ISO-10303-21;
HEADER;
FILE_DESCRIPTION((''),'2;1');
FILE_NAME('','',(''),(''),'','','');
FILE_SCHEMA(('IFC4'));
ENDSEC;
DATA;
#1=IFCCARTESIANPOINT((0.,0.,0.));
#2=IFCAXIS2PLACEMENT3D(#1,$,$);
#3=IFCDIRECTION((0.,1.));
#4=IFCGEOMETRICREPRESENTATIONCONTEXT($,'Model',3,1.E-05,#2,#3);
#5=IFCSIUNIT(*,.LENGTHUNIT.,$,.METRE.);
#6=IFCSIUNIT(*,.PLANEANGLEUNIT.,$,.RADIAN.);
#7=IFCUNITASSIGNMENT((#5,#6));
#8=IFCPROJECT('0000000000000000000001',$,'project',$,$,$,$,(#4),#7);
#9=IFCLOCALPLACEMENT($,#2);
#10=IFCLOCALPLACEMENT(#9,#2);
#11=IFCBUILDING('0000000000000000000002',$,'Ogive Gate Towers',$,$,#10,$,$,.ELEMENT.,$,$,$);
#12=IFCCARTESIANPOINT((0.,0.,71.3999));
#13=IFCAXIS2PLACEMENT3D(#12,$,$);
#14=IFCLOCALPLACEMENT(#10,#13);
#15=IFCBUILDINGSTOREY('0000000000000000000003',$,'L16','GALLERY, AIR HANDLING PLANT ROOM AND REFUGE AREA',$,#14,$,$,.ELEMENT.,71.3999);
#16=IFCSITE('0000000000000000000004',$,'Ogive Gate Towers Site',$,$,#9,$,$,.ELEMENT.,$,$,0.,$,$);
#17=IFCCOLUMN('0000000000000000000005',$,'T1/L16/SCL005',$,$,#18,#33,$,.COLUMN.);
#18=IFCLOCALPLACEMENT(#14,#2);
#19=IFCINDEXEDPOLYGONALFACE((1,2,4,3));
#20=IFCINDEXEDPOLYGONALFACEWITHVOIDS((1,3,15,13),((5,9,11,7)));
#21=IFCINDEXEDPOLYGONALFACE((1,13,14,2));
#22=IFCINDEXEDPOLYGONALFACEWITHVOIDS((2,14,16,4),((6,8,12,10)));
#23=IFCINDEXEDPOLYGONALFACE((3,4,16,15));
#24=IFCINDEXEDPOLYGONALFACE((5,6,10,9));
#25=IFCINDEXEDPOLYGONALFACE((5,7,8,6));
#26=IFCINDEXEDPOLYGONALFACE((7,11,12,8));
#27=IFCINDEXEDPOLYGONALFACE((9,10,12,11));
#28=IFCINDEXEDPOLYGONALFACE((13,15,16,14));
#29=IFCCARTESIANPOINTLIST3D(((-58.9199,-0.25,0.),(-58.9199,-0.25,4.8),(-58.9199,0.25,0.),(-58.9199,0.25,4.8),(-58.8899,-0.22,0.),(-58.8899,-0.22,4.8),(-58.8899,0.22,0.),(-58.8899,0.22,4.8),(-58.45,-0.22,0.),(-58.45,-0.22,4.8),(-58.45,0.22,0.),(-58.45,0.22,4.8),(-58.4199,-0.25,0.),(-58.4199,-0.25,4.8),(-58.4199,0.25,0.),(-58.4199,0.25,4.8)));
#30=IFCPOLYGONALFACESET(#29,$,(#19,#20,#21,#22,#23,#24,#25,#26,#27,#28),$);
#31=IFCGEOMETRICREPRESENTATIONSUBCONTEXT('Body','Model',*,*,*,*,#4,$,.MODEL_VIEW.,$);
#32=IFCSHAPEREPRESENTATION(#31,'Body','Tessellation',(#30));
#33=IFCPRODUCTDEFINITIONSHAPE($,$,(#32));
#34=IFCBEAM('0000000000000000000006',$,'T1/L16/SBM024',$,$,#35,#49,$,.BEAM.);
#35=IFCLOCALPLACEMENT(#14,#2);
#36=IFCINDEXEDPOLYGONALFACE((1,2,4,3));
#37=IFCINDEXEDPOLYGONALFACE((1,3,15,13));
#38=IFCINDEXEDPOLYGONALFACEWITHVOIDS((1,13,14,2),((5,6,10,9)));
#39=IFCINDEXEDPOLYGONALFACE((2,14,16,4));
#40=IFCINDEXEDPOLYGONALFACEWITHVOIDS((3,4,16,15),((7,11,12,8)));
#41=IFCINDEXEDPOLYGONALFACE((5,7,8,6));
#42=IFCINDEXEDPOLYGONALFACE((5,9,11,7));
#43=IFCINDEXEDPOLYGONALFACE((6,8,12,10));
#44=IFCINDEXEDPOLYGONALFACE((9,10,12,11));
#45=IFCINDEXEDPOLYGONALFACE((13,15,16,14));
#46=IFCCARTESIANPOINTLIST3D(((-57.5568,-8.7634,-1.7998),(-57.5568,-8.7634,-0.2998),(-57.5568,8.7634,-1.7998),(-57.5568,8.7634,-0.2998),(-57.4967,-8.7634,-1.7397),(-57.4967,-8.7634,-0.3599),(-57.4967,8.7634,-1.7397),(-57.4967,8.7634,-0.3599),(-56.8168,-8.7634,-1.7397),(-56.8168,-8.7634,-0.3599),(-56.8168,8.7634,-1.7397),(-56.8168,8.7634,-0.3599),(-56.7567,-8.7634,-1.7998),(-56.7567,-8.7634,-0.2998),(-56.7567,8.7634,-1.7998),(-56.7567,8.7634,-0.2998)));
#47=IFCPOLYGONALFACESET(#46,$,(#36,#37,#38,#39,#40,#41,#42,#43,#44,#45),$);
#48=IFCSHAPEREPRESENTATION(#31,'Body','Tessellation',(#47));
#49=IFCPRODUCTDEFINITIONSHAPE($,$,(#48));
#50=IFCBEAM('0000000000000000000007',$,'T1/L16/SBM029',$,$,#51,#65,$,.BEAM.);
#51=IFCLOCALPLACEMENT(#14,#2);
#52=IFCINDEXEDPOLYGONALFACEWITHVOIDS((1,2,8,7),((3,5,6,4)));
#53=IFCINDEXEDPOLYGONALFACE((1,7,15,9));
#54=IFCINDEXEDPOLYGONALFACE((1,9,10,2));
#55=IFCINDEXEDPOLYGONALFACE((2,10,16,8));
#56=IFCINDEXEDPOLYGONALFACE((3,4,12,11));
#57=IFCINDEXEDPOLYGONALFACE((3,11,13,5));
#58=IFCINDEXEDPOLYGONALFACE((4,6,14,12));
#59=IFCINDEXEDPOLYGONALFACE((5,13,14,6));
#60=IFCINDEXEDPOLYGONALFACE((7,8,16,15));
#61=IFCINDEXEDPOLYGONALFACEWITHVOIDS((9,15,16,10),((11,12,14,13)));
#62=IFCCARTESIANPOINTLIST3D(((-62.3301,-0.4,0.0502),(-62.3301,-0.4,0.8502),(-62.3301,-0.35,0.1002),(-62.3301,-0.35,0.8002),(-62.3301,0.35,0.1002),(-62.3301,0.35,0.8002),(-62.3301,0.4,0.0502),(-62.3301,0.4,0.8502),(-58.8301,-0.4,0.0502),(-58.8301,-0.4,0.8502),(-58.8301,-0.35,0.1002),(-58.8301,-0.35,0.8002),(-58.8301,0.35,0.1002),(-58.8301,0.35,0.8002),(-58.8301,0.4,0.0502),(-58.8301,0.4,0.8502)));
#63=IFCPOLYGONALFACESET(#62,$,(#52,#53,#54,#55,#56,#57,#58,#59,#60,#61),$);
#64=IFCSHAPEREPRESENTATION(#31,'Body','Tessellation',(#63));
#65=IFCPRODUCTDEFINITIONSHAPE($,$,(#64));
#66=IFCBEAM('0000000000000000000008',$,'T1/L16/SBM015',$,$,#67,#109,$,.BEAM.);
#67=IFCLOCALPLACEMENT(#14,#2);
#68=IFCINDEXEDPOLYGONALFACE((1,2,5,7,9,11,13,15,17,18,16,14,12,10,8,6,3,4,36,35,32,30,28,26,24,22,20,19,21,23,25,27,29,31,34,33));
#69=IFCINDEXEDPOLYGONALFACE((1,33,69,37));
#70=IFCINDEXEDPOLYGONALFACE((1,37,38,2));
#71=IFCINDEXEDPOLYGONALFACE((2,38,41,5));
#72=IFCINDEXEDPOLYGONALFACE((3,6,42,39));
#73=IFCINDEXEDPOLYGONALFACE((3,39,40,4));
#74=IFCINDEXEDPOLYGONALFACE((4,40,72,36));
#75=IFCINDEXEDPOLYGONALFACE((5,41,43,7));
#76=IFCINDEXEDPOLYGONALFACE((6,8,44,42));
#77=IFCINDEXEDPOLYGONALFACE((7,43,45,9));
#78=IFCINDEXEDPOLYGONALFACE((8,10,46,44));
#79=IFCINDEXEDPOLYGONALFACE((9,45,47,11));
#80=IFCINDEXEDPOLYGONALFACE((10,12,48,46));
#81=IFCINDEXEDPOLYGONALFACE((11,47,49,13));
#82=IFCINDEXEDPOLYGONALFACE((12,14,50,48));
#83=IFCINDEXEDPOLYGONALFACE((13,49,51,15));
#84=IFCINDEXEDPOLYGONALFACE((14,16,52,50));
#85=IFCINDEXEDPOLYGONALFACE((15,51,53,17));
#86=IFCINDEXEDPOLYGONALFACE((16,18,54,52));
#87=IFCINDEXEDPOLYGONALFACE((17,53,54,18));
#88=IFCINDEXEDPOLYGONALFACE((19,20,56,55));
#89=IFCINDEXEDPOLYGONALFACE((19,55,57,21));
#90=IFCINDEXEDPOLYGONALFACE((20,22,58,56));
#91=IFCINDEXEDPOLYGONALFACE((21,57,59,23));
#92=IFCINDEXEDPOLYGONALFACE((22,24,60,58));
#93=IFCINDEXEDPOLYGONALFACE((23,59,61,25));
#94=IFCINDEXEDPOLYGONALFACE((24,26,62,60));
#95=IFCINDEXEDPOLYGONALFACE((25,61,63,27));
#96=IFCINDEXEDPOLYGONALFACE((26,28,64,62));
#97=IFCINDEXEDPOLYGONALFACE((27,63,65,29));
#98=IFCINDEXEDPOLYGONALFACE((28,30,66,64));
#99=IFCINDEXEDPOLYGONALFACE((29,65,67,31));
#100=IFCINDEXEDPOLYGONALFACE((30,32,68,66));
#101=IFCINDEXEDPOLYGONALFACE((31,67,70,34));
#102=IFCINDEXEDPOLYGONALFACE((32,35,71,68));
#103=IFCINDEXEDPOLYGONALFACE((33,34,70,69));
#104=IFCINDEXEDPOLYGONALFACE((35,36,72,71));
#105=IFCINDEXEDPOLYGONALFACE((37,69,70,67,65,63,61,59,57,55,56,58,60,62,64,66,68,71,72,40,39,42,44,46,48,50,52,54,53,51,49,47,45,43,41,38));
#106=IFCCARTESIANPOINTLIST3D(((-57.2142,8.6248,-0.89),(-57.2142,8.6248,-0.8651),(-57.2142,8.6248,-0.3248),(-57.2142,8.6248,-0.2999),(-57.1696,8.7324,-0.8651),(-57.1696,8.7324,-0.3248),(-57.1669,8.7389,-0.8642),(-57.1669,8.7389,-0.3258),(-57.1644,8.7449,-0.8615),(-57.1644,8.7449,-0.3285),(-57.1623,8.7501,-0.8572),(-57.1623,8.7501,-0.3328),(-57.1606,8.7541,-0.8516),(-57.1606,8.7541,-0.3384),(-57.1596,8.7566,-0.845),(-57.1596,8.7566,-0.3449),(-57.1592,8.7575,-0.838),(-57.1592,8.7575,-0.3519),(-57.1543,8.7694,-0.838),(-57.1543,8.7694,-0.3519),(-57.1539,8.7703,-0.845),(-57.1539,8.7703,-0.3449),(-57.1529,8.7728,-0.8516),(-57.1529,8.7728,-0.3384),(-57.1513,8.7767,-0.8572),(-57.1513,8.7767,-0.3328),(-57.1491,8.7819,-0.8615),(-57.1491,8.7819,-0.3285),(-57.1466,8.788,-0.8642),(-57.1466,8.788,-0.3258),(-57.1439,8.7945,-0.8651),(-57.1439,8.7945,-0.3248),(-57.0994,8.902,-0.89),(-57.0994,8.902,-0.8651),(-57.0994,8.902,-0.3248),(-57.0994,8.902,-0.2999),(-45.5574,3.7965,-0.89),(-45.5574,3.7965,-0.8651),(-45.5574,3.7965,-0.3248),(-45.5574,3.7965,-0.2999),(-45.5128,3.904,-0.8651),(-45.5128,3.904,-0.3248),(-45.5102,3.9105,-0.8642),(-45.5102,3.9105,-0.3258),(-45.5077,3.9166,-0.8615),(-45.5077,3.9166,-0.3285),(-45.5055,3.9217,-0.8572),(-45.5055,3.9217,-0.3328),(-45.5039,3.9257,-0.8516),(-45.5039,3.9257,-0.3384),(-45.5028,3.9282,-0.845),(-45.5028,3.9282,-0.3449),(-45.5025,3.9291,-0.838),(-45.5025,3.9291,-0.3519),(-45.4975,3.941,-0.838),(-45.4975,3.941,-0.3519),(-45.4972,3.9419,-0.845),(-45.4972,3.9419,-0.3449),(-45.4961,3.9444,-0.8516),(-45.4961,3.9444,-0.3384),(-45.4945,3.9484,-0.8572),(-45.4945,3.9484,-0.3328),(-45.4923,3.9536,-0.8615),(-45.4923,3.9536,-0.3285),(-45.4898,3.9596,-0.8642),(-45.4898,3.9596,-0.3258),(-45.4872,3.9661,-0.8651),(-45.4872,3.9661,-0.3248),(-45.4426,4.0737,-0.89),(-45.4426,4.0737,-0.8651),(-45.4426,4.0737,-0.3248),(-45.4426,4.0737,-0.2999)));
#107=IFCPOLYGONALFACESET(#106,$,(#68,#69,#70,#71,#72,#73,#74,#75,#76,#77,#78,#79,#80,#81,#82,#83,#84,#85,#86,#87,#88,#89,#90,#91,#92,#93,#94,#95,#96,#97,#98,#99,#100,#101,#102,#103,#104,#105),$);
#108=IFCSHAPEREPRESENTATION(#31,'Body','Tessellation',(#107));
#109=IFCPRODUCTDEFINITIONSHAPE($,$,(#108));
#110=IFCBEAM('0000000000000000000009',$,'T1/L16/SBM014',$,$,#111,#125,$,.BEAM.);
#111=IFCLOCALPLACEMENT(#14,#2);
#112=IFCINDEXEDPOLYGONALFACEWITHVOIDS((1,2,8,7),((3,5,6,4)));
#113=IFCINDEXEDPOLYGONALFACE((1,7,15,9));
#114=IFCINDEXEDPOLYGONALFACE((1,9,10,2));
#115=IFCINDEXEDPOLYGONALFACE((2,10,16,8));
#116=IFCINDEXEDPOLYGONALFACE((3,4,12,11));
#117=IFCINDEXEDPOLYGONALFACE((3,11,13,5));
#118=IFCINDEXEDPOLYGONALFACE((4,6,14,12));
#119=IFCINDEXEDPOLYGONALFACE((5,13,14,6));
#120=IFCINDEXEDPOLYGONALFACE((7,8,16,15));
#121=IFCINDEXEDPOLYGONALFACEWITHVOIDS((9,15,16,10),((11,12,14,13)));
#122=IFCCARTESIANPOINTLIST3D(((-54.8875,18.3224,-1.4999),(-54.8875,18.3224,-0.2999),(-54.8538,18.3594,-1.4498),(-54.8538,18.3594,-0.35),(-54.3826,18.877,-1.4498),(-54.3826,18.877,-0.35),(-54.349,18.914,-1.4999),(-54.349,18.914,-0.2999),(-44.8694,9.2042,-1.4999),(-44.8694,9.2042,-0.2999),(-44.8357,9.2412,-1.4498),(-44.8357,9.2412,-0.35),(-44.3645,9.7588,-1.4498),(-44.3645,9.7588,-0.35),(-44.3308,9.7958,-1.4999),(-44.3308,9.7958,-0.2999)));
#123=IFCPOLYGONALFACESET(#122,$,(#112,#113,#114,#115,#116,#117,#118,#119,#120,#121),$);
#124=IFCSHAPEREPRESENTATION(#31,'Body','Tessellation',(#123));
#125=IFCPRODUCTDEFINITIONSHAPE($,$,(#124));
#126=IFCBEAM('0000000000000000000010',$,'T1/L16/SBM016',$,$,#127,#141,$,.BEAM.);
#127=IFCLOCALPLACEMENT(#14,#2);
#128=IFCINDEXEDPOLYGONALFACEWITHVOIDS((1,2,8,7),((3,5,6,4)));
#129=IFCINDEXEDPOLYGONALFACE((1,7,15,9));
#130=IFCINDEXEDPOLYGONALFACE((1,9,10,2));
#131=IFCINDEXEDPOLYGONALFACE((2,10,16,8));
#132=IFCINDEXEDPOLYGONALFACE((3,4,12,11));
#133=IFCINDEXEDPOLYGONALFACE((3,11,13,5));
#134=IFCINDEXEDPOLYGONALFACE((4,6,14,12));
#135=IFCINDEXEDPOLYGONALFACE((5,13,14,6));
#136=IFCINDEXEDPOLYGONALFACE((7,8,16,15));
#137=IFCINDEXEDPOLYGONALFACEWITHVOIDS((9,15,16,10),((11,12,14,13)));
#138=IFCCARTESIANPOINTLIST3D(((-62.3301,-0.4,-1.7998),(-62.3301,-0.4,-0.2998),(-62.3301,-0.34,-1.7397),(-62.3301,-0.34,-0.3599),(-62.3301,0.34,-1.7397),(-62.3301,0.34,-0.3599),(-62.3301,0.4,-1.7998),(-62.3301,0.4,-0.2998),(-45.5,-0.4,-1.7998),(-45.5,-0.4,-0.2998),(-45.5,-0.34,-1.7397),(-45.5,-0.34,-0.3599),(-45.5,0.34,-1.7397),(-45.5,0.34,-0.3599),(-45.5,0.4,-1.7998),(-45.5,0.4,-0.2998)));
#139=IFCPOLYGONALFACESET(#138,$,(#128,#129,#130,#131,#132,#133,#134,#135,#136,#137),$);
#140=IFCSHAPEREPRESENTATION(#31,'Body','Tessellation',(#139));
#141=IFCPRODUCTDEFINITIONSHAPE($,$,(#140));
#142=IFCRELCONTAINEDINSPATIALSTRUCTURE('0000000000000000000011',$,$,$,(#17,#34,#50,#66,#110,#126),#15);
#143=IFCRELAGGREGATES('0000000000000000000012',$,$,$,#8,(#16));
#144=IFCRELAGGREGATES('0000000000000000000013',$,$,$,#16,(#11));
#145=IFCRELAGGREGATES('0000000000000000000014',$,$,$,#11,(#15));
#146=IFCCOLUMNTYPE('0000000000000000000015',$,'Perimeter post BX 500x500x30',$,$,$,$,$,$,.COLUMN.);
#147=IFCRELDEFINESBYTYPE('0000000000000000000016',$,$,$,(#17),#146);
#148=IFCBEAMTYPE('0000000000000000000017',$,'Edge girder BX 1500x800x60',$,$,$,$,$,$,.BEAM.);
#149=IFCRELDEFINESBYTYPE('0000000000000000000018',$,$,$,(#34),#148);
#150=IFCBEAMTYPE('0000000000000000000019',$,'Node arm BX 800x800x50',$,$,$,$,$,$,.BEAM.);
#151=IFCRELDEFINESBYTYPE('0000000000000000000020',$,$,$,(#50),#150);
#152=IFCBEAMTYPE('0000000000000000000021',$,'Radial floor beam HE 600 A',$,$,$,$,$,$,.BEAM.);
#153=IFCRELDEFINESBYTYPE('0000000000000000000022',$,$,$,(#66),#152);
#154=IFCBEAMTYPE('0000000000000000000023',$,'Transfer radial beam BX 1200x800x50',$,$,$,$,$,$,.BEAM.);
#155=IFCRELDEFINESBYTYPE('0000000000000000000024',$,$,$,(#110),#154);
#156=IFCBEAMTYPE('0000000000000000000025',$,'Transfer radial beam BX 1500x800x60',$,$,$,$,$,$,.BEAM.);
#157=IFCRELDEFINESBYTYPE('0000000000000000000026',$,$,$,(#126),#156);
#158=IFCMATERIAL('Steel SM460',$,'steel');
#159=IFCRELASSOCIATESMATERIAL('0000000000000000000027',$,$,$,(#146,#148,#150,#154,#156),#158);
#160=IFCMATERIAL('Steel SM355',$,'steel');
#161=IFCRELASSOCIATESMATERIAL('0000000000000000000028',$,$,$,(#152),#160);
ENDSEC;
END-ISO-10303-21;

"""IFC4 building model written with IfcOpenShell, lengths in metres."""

from ifc_helpers import new_model, si_unit, direction, frame, origin, origin_2d, place, context, subcontext, project, spatial, hollow_rectangle, i_section, extrude, material, material_profile, profile_set, type_object, element, save


model = new_model("IFC4")

# Units and contexts
model_context = context("Model", 3, precision=1e-05, world=origin(), true_north=direction((0.0, 1.0)))
body_context = subcontext(model_context, "Body", "Model", "MODEL_VIEW")
ifc_project = project(units=[si_unit("LENGTHUNIT", "METRE"), si_unit("PLANEANGLEUNIT", "RADIAN")], contexts=[model_context])

# Site, building, storey
site_placement = place(None, origin())
site = spatial("IfcSite", under=ifc_project, at=site_placement, Name="Ogive Gate Towers Site", CompositionType="ELEMENT", RefElevation=0.0)
building_placement = place(site_placement, origin())
building = spatial("IfcBuilding", under=site, at=building_placement, Name="Ogive Gate Towers", CompositionType="ELEMENT")
storey_placement = place(building_placement, frame((0.0, 0.0, 71.3999)))
storey = spatial("IfcBuildingStorey", under=building, at=storey_placement, Name="L16", Description="GALLERY, AIR HANDLING PLANT ROOM AND REFUGE AREA", CompositionType="ELEMENT", Elevation=71.3999)

# Column
ifc_material_1 = material(Name="Steel SM460", Category="steel")
ifc_material_profile_1 = material_profile(ifc_material_1, hollow_rectangle(XDim=0.5, YDim=0.5, WallThickness=0.03, at=origin_2d()), Name="BX 500x500x30")
ifc_profile_set_1 = profile_set([ifc_material_profile_1], Name="Steel SM460")
column_type = type_object("IfcColumnType", Name="Perimeter post BX 500x500x30", PredefinedType="COLUMN", material=ifc_profile_set_1)
column_placement = place(storey_placement, frame((-58.6699, 0.0, 0.0), z_axis=(0.0, 0.0, 1.0), x_axis=(1.0, 0.0, 0.0)))
element("IfcColumn", 1, at=column_placement, inside=storey, type_object=column_type, Name="T1/L16/SCL005", PredefinedType="COLUMN", context=body_context, shape_type="SweptSolid", body=[
    extrude(hollow_rectangle(XDim=0.5, YDim=0.5, WallThickness=0.03, at=origin_2d()), origin(), (0.0, 0.0, 1.0), 4.8),
])

# Beams
ifc_material_profile_2 = material_profile(ifc_material_1, hollow_rectangle(XDim=0.8, YDim=1.5, WallThickness=0.0601, at=origin_2d()), Name="BX 1500x800x60")
ifc_profile_set_2 = profile_set([ifc_material_profile_2], Name="Steel SM460")
beam_type_1 = type_object("IfcBeamType", Name="Edge girder BX 1500x800x60", PredefinedType="BEAM", material=ifc_profile_set_2)
beam_1_placement = place(storey_placement, frame((-57.1567, 8.7634, -1.0498), z_axis=(0.0, -1.0, 0.0), x_axis=(1.0, 0.0, 0.0)))
element("IfcBeam", 2, at=beam_1_placement, inside=storey, type_object=beam_type_1, Name="T1/L16/SBM024", PredefinedType="BEAM", context=body_context, shape_type="SweptSolid", body=[
    extrude(hollow_rectangle(XDim=0.8, YDim=1.5, WallThickness=0.0601, at=origin_2d()), origin(), (0.0, 0.0, 1.0), 17.5269),
])
ifc_material_profile_3 = material_profile(ifc_material_1, hollow_rectangle(XDim=0.8, YDim=0.8, WallThickness=0.05, at=origin_2d()), Name="BX 800x800x50")
ifc_profile_set_3 = profile_set([ifc_material_profile_3], Name="Steel SM460")
beam_type_2 = type_object("IfcBeamType", Name="Node arm BX 800x800x50", PredefinedType="BEAM", material=ifc_profile_set_3)
beam_2_placement = place(storey_placement, frame((-58.8301, 0.0, 0.4502), z_axis=(-1.0, 0.0, 0.0), x_axis=(0.0, -1.0, 0.0)))
element("IfcBeam", 3, at=beam_2_placement, inside=storey, type_object=beam_type_2, Name="T1/L16/SBM029", PredefinedType="BEAM", context=body_context, shape_type="SweptSolid", body=[
    extrude(hollow_rectangle(XDim=0.8, YDim=0.8, WallThickness=0.05, at=origin_2d()), origin(), (0.0, 0.0, 1.0), 3.5),
])
ifc_material_2 = material(Name="Steel SM355", Category="steel")
ifc_material_profile_4 = material_profile(ifc_material_2, i_section(OverallWidth=0.3, OverallDepth=0.5901, WebThickness=0.0129, FlangeThickness=0.0249, FilletRadius=0.0271, at=origin_2d()), Name="HE 600 A")
ifc_profile_set_4 = profile_set([ifc_material_profile_4], Name="Steel SM355")
beam_type_3 = type_object("IfcBeamType", Name="Radial floor beam HE 600 A", PredefinedType="BEAM", material=ifc_profile_set_4)
beam_3_placement = place(storey_placement, frame((-45.5, 3.9351, -0.595), z_axis=(-0.92388, 0.382683, 0.0), x_axis=(-0.382683, -0.92388, 0.0)))
element("IfcBeam", 4, at=beam_3_placement, inside=storey, type_object=beam_type_3, Name="T1/L16/SBM015", PredefinedType="BEAM", context=body_context, shape_type="SweptSolid", body=[
    extrude(i_section(OverallWidth=0.3, OverallDepth=0.5901, WebThickness=0.0129, FlangeThickness=0.0249, FilletRadius=0.0271, at=origin_2d()), origin(), (0.0, 0.0, 1.0), 12.6172),
])
ifc_material_profile_5 = material_profile(ifc_material_1, hollow_rectangle(XDim=0.8, YDim=1.2, WallThickness=0.05, at=origin_2d()), Name="BX 1200x800x50")
ifc_profile_set_5 = profile_set([ifc_material_profile_5], Name="Steel SM460")
beam_type_4 = type_object("IfcBeamType", Name="Transfer radial beam BX 1200x800x50", PredefinedType="BEAM", material=ifc_profile_set_5)
beam_4_placement = place(storey_placement, frame((-44.6001, 9.5, -0.8999), z_axis=(-0.739542, 0.67311, 0.0), x_axis=(-0.67311, -0.739542, 0.0)))
element("IfcBeam", 5, at=beam_4_placement, inside=storey, type_object=beam_type_4, Name="T1/L16/SBM014", PredefinedType="BEAM", context=body_context, shape_type="SweptSolid", body=[
    extrude(hollow_rectangle(XDim=0.8, YDim=1.2, WallThickness=0.05, at=origin_2d()), origin(), (0.0, 0.0, 1.0), 13.5464),
])
ifc_material_profile_6 = material_profile(ifc_material_1, hollow_rectangle(XDim=0.8, YDim=1.5, WallThickness=0.0601, at=origin_2d()), Name="BX 1500x800x60")
ifc_profile_set_6 = profile_set([ifc_material_profile_6], Name="Steel SM460")
beam_type_5 = type_object("IfcBeamType", Name="Transfer radial beam BX 1500x800x60", PredefinedType="BEAM", material=ifc_profile_set_6)
beam_5_placement = place(storey_placement, frame((-45.5, 0.0, -1.0498), z_axis=(-1.0, 0.0, 0.0), x_axis=(0.0, -1.0, 0.0)))
element("IfcBeam", 6, at=beam_5_placement, inside=storey, type_object=beam_type_5, Name="T1/L16/SBM016", PredefinedType="BEAM", context=body_context, shape_type="SweptSolid", body=[
    extrude(hollow_rectangle(XDim=0.8, YDim=1.5, WallThickness=0.0601, at=origin_2d()), origin(), (0.0, 0.0, 1.0), 16.8301),
])

save(model, "model.ifc")
